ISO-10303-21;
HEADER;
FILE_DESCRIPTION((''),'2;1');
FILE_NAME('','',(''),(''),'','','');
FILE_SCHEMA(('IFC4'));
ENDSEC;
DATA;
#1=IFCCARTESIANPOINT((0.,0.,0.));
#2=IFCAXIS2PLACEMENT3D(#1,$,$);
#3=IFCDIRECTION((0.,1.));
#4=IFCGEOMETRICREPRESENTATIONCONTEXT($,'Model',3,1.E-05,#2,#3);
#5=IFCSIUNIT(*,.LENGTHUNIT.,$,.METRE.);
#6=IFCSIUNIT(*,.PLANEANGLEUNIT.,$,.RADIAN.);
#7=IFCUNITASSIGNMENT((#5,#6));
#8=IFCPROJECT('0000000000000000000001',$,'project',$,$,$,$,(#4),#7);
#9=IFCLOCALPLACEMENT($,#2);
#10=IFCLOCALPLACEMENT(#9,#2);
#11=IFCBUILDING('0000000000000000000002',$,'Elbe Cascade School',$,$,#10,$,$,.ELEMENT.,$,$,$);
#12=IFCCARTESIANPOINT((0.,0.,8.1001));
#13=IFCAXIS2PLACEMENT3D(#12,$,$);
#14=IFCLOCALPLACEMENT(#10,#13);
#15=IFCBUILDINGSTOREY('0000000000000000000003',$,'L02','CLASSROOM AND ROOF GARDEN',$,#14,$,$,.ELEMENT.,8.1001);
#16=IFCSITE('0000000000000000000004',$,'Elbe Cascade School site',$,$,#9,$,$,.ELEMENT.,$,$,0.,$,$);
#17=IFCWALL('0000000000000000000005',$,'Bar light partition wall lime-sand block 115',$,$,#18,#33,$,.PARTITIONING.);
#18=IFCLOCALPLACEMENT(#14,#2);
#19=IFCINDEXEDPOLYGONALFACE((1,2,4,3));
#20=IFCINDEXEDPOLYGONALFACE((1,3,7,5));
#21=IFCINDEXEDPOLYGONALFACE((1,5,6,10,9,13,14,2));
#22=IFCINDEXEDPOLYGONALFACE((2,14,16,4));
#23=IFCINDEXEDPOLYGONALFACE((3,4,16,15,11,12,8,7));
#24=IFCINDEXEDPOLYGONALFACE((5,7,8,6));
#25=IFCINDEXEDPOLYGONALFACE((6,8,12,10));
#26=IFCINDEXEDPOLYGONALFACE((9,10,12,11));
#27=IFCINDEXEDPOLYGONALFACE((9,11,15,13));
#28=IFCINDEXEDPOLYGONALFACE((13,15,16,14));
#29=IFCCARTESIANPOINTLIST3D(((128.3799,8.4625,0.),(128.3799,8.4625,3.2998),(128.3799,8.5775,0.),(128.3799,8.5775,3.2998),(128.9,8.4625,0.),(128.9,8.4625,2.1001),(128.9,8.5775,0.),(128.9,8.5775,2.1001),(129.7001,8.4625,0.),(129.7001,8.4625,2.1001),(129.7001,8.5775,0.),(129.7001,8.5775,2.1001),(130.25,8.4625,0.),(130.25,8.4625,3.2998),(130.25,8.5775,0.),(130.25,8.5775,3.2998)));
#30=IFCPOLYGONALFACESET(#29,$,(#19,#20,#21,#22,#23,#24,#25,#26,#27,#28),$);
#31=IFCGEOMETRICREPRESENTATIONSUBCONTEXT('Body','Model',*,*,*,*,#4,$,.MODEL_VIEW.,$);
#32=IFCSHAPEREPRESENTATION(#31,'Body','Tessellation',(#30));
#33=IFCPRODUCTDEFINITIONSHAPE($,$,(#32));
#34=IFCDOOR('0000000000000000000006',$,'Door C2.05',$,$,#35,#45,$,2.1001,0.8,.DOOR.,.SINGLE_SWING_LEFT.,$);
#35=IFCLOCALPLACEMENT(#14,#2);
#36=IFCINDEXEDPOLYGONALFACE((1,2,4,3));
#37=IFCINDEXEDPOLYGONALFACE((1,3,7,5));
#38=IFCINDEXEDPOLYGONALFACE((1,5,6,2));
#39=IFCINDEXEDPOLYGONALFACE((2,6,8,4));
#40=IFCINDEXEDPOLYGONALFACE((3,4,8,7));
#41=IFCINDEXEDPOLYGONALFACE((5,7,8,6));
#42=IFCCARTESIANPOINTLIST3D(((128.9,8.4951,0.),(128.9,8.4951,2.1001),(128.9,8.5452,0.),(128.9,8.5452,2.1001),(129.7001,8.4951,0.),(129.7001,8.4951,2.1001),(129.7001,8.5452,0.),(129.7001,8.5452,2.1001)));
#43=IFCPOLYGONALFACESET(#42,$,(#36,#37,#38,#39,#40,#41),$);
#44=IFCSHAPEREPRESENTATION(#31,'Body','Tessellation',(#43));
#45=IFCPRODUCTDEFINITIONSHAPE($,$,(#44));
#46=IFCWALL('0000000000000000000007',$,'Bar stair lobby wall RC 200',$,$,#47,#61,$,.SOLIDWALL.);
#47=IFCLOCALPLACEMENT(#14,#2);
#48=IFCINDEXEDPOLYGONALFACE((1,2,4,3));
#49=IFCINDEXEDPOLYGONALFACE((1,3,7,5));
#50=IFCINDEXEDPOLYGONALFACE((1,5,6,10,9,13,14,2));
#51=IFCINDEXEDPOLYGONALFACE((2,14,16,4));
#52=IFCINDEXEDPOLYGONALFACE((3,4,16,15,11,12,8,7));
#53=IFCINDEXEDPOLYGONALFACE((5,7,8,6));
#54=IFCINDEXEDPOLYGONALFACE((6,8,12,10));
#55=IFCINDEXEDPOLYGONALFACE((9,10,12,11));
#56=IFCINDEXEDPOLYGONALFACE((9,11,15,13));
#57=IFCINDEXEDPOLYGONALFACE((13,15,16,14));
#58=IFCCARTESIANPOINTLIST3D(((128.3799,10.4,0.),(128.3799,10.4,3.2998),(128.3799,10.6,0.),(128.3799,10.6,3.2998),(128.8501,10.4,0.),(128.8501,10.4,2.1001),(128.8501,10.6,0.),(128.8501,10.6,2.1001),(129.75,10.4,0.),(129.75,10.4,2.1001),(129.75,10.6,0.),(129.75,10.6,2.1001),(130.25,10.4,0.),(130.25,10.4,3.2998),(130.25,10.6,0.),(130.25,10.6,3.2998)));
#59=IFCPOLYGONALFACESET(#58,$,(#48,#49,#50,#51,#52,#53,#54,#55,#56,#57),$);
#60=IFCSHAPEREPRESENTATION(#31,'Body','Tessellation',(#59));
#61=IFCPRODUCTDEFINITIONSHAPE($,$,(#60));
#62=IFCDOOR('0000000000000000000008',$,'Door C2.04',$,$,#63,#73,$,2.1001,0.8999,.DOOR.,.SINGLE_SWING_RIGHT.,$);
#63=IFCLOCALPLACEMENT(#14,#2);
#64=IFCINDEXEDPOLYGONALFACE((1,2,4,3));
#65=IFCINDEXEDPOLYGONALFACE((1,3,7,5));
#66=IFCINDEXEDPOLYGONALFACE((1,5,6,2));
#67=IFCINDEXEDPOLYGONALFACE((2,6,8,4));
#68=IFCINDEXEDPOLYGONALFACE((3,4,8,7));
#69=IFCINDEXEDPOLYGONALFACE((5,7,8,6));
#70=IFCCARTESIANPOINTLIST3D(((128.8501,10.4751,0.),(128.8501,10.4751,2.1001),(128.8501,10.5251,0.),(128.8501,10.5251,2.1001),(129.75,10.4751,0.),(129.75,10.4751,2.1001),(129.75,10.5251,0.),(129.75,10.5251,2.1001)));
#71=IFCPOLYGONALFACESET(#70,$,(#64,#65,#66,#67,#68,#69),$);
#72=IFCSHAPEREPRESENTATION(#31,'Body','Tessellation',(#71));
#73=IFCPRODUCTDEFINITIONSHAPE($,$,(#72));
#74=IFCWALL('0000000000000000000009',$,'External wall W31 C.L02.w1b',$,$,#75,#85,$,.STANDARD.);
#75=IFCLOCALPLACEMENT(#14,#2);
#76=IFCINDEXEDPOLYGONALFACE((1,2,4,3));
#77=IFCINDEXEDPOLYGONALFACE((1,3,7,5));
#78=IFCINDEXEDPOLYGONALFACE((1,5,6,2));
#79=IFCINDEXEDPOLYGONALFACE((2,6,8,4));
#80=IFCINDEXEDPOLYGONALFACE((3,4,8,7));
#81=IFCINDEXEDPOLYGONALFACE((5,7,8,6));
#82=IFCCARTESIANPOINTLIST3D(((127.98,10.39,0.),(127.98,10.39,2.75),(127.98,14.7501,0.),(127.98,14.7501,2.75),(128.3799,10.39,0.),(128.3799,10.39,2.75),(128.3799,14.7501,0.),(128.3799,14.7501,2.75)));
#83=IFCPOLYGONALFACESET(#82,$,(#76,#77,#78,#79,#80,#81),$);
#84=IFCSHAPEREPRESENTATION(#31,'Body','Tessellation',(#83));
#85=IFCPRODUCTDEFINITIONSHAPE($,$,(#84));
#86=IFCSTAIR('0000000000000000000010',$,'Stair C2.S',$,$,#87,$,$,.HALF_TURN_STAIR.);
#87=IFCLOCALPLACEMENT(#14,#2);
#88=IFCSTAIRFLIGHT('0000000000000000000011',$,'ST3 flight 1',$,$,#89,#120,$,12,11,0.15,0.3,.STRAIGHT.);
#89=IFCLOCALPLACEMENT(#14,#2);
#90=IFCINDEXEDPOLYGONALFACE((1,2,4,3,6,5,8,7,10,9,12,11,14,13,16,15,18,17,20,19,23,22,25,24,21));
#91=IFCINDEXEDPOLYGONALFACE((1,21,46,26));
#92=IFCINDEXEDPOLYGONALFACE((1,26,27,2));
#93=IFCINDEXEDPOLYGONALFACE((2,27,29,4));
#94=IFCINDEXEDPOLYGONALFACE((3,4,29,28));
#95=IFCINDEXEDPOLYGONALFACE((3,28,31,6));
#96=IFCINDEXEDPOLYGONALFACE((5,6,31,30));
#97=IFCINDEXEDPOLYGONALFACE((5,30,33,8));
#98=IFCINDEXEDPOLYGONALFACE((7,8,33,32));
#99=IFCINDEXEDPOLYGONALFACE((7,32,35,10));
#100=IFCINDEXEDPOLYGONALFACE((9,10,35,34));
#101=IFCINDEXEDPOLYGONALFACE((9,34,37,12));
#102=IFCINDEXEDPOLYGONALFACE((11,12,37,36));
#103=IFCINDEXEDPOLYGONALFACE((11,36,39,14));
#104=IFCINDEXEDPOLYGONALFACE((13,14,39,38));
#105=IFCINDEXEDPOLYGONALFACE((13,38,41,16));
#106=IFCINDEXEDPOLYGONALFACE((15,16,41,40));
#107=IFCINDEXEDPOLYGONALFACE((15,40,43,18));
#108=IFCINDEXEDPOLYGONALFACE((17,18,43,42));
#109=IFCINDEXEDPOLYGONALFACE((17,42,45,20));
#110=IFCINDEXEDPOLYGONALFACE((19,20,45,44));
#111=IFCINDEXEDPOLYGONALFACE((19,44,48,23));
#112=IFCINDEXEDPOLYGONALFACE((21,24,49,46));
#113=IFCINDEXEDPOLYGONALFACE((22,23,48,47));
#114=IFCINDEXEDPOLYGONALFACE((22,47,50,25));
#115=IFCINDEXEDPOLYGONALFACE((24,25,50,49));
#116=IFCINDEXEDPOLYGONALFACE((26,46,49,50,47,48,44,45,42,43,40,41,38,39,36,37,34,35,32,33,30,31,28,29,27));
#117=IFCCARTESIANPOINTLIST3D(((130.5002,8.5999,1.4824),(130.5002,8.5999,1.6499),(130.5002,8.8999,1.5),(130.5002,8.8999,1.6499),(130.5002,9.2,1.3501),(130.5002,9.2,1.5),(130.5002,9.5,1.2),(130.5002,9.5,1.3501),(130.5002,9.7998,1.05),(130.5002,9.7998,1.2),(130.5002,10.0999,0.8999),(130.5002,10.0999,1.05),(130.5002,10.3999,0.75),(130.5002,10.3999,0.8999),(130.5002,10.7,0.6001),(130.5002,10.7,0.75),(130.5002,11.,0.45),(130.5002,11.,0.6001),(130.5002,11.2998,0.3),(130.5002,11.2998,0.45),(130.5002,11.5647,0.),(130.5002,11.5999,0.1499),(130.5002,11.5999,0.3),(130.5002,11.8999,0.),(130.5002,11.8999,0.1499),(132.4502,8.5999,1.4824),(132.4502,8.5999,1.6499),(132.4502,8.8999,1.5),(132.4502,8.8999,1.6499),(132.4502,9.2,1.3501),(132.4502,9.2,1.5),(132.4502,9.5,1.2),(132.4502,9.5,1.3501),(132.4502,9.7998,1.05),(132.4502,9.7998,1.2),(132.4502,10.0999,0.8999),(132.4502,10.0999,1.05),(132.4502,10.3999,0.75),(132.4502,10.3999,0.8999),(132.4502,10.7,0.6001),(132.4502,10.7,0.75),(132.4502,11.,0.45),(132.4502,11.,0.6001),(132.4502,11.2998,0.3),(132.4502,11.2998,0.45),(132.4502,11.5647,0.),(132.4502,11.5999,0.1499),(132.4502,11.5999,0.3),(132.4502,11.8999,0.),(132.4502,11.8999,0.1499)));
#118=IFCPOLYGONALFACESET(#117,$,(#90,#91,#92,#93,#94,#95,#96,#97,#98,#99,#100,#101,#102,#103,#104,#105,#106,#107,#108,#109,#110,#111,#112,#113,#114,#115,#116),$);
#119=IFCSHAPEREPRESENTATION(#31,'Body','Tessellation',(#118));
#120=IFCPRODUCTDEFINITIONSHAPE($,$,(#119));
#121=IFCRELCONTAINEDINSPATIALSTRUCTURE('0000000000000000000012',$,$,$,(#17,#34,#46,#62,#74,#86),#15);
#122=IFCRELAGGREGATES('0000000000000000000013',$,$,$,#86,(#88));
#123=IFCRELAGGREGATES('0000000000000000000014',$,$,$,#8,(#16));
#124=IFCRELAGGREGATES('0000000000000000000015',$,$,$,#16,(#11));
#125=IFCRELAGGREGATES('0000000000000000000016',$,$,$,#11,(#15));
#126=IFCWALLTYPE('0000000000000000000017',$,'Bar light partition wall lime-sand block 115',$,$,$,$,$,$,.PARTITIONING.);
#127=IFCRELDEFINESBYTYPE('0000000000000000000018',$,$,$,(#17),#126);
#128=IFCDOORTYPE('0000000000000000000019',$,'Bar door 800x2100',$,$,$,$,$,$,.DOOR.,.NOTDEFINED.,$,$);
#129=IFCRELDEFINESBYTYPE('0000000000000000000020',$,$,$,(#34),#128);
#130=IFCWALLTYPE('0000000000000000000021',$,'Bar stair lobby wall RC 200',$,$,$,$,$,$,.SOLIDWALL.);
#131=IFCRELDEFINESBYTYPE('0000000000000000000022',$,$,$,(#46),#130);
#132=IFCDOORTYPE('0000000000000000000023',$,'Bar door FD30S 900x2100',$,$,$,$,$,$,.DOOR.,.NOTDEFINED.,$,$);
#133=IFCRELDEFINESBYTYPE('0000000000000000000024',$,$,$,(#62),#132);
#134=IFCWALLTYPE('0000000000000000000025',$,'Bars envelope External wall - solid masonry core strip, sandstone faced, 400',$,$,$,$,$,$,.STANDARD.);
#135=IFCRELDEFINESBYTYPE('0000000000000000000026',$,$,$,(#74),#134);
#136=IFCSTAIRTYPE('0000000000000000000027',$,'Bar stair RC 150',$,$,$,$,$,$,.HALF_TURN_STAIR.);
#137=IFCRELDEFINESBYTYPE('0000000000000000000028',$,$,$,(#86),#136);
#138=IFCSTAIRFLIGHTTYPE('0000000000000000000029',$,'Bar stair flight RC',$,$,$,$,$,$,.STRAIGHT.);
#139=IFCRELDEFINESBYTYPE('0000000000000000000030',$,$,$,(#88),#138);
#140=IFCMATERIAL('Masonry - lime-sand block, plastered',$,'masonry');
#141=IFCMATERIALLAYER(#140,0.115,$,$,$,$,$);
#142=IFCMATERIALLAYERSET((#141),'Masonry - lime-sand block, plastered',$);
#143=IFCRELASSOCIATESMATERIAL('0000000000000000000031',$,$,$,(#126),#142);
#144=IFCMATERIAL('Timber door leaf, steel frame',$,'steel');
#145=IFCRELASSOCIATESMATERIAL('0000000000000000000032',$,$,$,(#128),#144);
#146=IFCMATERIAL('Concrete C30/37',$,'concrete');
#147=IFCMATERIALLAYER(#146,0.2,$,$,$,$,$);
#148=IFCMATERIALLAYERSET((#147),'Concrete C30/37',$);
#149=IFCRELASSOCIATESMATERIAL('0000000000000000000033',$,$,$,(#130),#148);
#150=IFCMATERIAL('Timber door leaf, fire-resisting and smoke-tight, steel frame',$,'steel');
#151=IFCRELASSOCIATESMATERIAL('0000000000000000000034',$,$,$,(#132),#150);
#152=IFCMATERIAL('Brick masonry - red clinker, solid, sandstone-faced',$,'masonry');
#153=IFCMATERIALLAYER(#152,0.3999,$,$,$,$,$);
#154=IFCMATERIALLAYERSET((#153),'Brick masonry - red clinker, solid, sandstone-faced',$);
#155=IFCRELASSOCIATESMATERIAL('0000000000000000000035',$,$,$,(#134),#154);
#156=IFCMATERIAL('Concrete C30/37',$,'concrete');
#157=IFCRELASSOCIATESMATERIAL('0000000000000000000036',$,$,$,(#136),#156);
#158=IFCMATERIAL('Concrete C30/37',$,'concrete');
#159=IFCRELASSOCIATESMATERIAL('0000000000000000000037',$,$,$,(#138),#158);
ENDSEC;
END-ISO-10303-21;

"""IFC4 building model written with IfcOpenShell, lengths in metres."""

from ifc_helpers import new_model, si_unit, direction, frame, frame_2d, origin, place, context, subcontext, project, spatial, polyline, rectangle, outline, extrude, material, layer, layer_set, type_object, element, fill, aggregate, save


model = new_model("IFC4")

# Units and contexts
model_context = context("Model", 3, precision=1e-05, world=origin(), true_north=direction((0.0, 1.0)))
body_context = subcontext(model_context, "Body", "Model", "MODEL_VIEW")
ifc_project = project(units=[si_unit("LENGTHUNIT", "METRE"), si_unit("PLANEANGLEUNIT", "RADIAN")], contexts=[model_context])

# Site, building, storey
site_placement = place(None, origin())
site = spatial("IfcSite", under=ifc_project, at=site_placement, Name="Elbe Cascade School site", CompositionType="ELEMENT", RefElevation=0.0)
building_placement = place(site_placement, origin())
building = spatial("IfcBuilding", under=site, at=building_placement, Name="Elbe Cascade School", CompositionType="ELEMENT")
storey_placement = place(building_placement, frame((0.0, 0.0, 8.1001)))
storey = spatial("IfcBuildingStorey", under=building, at=storey_placement, Name="L02", Description="CLASSROOM AND ROOF GARDEN", CompositionType="ELEMENT", Elevation=8.1001)

# Walls, openings, doors
ifc_material_1 = material(Name="Masonry - lime-sand block, plastered", Category="masonry")
ifc_layer_1 = layer(ifc_material_1, 0.115)
ifc_layer_set_1 = layer_set([ifc_layer_1], Name="Masonry - lime-sand block, plastered")
wall_type_1 = type_object("IfcWallType", Name="Bar light partition wall lime-sand block 115", PredefinedType="PARTITIONING", material=ifc_layer_set_1)
wall_1_placement = place(storey_placement, frame((130.25, 8.52, 0.0), z_axis=(0.0, 0.0, 1.0), x_axis=(-1.0, 0.0, 0.0)))
wall_1 = element("IfcWall", 1, at=wall_1_placement, inside=storey, type_object=wall_type_1, Name="Bar light partition wall lime-sand block 115", PredefinedType="PARTITIONING", context=body_context, shape_type="SweptSolid", body=[
    extrude(rectangle(XDim=1.8701, YDim=0.115, at=frame_2d((0.9351, 0.0))), origin(), (0.0, 0.0, 1.0), 3.2998),
])
opening_1_placement = place(wall_1_placement, frame((0.55, 0.0, 0.0)))
opening_1 = element("IfcOpeningElement", 2, at=opening_1_placement, cuts=wall_1, PredefinedType="OPENING", context=body_context, shape_type="SweptSolid", body=[
    extrude(rectangle(XDim=0.8, YDim=2.1001, at=frame_2d((0.3999, 1.05))), frame((0.0, 0.0674, 0.0), z_axis=(0.0, -1.0, 0.0), x_axis=(1.0, 0.0, 0.0)), (0.0, 0.0, 1.0), 0.135),
])
ifc_material_2 = material(Name="Timber door leaf, steel frame", Category="steel")
door_type_1 = type_object("IfcDoorType", Name="Bar door 800x2100", OperationType="NOTDEFINED", PredefinedType="DOOR", material=ifc_material_2)
door_1_placement = place(opening_1_placement, origin())
door_1 = element("IfcDoor", 3, at=door_1_placement, inside=storey, type_object=door_type_1, Name="Door C2.05", OperationType="SINGLE_SWING_LEFT", OverallHeight=2.1001, OverallWidth=0.8, PredefinedType="DOOR", context=body_context, shape_type="SweptSolid", body=[
    extrude(rectangle(XDim=0.8, YDim=2.1001, at=frame_2d((0.3999, 1.05))), frame((0.0, 0.0249, 0.0), z_axis=(0.0, -1.0, 0.0), x_axis=(1.0, 0.0, 0.0)), (0.0, 0.0, 1.0), 0.05),
])
fill(opening_1, door_1)
ifc_material_3 = material(Name="Concrete C30/37", Category="concrete")
ifc_layer_2 = layer(ifc_material_3, 0.2)
ifc_layer_set_2 = layer_set([ifc_layer_2], Name="Concrete C30/37")
wall_type_2 = type_object("IfcWallType", Name="Bar stair lobby wall RC 200", PredefinedType="SOLIDWALL", material=ifc_layer_set_2)
wall_2_placement = place(storey_placement, frame((130.25, 10.5, 0.0), z_axis=(0.0, 0.0, 1.0), x_axis=(-1.0, 0.0, 0.0)))
wall_2 = element("IfcWall", 4, at=wall_2_placement, inside=storey, type_object=wall_type_2, Name="Bar stair lobby wall RC 200", PredefinedType="SOLIDWALL", context=body_context, shape_type="SweptSolid", body=[
    extrude(rectangle(XDim=1.8701, YDim=0.2, at=frame_2d((0.9351, 0.0))), origin(), (0.0, 0.0, 1.0), 3.2998),
])
opening_2_placement = place(wall_2_placement, frame((0.5, 0.0, 0.0)))
opening_2 = element("IfcOpeningElement", 5, at=opening_2_placement, cuts=wall_2, PredefinedType="OPENING", context=body_context, shape_type="SweptSolid", body=[
    extrude(rectangle(XDim=0.8999, YDim=2.1001, at=frame_2d((0.45, 1.05))), frame((0.0, 0.1099, 0.0), z_axis=(0.0, -1.0, 0.0), x_axis=(1.0, 0.0, 0.0)), (0.0, 0.0, 1.0), 0.22),
])
ifc_material_4 = material(Name="Timber door leaf, fire-resisting and smoke-tight, steel frame", Category="steel")
door_type_2 = type_object("IfcDoorType", Name="Bar door FD30S 900x2100", OperationType="NOTDEFINED", PredefinedType="DOOR", material=ifc_material_4)
door_2_placement = place(opening_2_placement, origin())
door_2 = element("IfcDoor", 6, at=door_2_placement, inside=storey, type_object=door_type_2, Name="Door C2.04", OperationType="SINGLE_SWING_RIGHT", OverallHeight=2.1001, OverallWidth=0.8999, PredefinedType="DOOR", context=body_context, shape_type="SweptSolid", body=[
    extrude(rectangle(XDim=0.8999, YDim=2.1001, at=frame_2d((0.45, 1.05))), frame((0.0, 0.0249, 0.0), z_axis=(0.0, -1.0, 0.0), x_axis=(1.0, 0.0, 0.0)), (0.0, 0.0, 1.0), 0.05),
])
fill(opening_2, door_2)

# Wall
ifc_material_5 = material(Name="Brick masonry - red clinker, solid, sandstone-faced", Category="masonry")
ifc_layer_3 = layer(ifc_material_5, 0.3999)
ifc_layer_set_3 = layer_set([ifc_layer_3], Name="Brick masonry - red clinker, solid, sandstone-faced")
wall_type_3 = type_object("IfcWallType", Name="Bars envelope External wall - solid masonry core strip, sandstone faced, 400", PredefinedType="STANDARD", material=ifc_layer_set_3)
wall_3_placement = place(storey_placement, frame((128.1799, 10.3899, 0.0), z_axis=(0.0, 0.0, 1.0), x_axis=(0.0, 1.0, 0.0)))
element("IfcWall", 7, at=wall_3_placement, inside=storey, type_object=wall_type_3, Name="External wall W31 C.L02.w1b", PredefinedType="STANDARD", context=body_context, shape_type="SweptSolid", body=[
    extrude(rectangle(XDim=4.3601, YDim=0.3999, at=frame_2d((2.1802, 0.0))), origin(), (0.0, 0.0, 1.0), 2.75),
])

# Stair, stair flight
ifc_material_6 = material(Name="Concrete C30/37", Category="concrete")
stair_type = type_object("IfcStairType", Name="Bar stair RC 150", PredefinedType="HALF_TURN_STAIR", material=ifc_material_6)
stair_placement = place(storey_placement, origin())
stair = element("IfcStair", 8, at=stair_placement, inside=storey, type_object=stair_type, Name="Stair C2.S", PredefinedType="HALF_TURN_STAIR")
ifc_material_7 = material(Name="Concrete C30/37", Category="concrete")
stair_flight_type = type_object("IfcStairFlightType", Name="Bar stair flight RC", PredefinedType="STRAIGHT", material=ifc_material_7)
stair_flight_placement = place(storey_placement, frame((131.4751, 11.8999, 0.0), z_axis=(0.0, 0.0, 1.0), x_axis=(0.0, -1.0, 0.0)))
stair_flight = element("IfcStairFlight", 9, at=stair_flight_placement, type_object=stair_flight_type, Name="ST3 flight 1", NumberOfRisers=12, NumberOfTreads=11, PredefinedType="STRAIGHT", RiserHeight=0.15, TreadLength=0.3, context=body_context, shape_type="SweptSolid", body=[
    extrude(outline(polyline([(0.0, 0.0), (0.0, 0.1499), (0.3, 0.1499), (0.3, 0.3), (0.6001, 0.3), (0.6001, 0.45), (0.8999, 0.45), (0.8999, 0.6001), (1.2, 0.6001), (1.2, 0.75), (1.5, 0.75), (1.5, 0.8999), (1.8, 0.8999), (1.8, 1.05), (2.1001, 1.05), (2.1001, 1.2), (2.3999, 1.2), (2.3999, 1.3501), (2.7, 1.3501), (2.7, 1.5), (3.0, 1.5), (3.0, 1.6499), (3.3, 1.6499), (3.3, 1.8), (3.3, 1.4824), (0.3352, 0.0), (0.0, 0.0)])), frame((0.0, 0.9751, 0.0), z_axis=(0.0, -1.0, 0.0), x_axis=(1.0, 0.0, 0.0)), (0.0, 0.0, 1.0), 1.95),
])
aggregate(stair, [stair_flight])

save(model, "model.ifc")
